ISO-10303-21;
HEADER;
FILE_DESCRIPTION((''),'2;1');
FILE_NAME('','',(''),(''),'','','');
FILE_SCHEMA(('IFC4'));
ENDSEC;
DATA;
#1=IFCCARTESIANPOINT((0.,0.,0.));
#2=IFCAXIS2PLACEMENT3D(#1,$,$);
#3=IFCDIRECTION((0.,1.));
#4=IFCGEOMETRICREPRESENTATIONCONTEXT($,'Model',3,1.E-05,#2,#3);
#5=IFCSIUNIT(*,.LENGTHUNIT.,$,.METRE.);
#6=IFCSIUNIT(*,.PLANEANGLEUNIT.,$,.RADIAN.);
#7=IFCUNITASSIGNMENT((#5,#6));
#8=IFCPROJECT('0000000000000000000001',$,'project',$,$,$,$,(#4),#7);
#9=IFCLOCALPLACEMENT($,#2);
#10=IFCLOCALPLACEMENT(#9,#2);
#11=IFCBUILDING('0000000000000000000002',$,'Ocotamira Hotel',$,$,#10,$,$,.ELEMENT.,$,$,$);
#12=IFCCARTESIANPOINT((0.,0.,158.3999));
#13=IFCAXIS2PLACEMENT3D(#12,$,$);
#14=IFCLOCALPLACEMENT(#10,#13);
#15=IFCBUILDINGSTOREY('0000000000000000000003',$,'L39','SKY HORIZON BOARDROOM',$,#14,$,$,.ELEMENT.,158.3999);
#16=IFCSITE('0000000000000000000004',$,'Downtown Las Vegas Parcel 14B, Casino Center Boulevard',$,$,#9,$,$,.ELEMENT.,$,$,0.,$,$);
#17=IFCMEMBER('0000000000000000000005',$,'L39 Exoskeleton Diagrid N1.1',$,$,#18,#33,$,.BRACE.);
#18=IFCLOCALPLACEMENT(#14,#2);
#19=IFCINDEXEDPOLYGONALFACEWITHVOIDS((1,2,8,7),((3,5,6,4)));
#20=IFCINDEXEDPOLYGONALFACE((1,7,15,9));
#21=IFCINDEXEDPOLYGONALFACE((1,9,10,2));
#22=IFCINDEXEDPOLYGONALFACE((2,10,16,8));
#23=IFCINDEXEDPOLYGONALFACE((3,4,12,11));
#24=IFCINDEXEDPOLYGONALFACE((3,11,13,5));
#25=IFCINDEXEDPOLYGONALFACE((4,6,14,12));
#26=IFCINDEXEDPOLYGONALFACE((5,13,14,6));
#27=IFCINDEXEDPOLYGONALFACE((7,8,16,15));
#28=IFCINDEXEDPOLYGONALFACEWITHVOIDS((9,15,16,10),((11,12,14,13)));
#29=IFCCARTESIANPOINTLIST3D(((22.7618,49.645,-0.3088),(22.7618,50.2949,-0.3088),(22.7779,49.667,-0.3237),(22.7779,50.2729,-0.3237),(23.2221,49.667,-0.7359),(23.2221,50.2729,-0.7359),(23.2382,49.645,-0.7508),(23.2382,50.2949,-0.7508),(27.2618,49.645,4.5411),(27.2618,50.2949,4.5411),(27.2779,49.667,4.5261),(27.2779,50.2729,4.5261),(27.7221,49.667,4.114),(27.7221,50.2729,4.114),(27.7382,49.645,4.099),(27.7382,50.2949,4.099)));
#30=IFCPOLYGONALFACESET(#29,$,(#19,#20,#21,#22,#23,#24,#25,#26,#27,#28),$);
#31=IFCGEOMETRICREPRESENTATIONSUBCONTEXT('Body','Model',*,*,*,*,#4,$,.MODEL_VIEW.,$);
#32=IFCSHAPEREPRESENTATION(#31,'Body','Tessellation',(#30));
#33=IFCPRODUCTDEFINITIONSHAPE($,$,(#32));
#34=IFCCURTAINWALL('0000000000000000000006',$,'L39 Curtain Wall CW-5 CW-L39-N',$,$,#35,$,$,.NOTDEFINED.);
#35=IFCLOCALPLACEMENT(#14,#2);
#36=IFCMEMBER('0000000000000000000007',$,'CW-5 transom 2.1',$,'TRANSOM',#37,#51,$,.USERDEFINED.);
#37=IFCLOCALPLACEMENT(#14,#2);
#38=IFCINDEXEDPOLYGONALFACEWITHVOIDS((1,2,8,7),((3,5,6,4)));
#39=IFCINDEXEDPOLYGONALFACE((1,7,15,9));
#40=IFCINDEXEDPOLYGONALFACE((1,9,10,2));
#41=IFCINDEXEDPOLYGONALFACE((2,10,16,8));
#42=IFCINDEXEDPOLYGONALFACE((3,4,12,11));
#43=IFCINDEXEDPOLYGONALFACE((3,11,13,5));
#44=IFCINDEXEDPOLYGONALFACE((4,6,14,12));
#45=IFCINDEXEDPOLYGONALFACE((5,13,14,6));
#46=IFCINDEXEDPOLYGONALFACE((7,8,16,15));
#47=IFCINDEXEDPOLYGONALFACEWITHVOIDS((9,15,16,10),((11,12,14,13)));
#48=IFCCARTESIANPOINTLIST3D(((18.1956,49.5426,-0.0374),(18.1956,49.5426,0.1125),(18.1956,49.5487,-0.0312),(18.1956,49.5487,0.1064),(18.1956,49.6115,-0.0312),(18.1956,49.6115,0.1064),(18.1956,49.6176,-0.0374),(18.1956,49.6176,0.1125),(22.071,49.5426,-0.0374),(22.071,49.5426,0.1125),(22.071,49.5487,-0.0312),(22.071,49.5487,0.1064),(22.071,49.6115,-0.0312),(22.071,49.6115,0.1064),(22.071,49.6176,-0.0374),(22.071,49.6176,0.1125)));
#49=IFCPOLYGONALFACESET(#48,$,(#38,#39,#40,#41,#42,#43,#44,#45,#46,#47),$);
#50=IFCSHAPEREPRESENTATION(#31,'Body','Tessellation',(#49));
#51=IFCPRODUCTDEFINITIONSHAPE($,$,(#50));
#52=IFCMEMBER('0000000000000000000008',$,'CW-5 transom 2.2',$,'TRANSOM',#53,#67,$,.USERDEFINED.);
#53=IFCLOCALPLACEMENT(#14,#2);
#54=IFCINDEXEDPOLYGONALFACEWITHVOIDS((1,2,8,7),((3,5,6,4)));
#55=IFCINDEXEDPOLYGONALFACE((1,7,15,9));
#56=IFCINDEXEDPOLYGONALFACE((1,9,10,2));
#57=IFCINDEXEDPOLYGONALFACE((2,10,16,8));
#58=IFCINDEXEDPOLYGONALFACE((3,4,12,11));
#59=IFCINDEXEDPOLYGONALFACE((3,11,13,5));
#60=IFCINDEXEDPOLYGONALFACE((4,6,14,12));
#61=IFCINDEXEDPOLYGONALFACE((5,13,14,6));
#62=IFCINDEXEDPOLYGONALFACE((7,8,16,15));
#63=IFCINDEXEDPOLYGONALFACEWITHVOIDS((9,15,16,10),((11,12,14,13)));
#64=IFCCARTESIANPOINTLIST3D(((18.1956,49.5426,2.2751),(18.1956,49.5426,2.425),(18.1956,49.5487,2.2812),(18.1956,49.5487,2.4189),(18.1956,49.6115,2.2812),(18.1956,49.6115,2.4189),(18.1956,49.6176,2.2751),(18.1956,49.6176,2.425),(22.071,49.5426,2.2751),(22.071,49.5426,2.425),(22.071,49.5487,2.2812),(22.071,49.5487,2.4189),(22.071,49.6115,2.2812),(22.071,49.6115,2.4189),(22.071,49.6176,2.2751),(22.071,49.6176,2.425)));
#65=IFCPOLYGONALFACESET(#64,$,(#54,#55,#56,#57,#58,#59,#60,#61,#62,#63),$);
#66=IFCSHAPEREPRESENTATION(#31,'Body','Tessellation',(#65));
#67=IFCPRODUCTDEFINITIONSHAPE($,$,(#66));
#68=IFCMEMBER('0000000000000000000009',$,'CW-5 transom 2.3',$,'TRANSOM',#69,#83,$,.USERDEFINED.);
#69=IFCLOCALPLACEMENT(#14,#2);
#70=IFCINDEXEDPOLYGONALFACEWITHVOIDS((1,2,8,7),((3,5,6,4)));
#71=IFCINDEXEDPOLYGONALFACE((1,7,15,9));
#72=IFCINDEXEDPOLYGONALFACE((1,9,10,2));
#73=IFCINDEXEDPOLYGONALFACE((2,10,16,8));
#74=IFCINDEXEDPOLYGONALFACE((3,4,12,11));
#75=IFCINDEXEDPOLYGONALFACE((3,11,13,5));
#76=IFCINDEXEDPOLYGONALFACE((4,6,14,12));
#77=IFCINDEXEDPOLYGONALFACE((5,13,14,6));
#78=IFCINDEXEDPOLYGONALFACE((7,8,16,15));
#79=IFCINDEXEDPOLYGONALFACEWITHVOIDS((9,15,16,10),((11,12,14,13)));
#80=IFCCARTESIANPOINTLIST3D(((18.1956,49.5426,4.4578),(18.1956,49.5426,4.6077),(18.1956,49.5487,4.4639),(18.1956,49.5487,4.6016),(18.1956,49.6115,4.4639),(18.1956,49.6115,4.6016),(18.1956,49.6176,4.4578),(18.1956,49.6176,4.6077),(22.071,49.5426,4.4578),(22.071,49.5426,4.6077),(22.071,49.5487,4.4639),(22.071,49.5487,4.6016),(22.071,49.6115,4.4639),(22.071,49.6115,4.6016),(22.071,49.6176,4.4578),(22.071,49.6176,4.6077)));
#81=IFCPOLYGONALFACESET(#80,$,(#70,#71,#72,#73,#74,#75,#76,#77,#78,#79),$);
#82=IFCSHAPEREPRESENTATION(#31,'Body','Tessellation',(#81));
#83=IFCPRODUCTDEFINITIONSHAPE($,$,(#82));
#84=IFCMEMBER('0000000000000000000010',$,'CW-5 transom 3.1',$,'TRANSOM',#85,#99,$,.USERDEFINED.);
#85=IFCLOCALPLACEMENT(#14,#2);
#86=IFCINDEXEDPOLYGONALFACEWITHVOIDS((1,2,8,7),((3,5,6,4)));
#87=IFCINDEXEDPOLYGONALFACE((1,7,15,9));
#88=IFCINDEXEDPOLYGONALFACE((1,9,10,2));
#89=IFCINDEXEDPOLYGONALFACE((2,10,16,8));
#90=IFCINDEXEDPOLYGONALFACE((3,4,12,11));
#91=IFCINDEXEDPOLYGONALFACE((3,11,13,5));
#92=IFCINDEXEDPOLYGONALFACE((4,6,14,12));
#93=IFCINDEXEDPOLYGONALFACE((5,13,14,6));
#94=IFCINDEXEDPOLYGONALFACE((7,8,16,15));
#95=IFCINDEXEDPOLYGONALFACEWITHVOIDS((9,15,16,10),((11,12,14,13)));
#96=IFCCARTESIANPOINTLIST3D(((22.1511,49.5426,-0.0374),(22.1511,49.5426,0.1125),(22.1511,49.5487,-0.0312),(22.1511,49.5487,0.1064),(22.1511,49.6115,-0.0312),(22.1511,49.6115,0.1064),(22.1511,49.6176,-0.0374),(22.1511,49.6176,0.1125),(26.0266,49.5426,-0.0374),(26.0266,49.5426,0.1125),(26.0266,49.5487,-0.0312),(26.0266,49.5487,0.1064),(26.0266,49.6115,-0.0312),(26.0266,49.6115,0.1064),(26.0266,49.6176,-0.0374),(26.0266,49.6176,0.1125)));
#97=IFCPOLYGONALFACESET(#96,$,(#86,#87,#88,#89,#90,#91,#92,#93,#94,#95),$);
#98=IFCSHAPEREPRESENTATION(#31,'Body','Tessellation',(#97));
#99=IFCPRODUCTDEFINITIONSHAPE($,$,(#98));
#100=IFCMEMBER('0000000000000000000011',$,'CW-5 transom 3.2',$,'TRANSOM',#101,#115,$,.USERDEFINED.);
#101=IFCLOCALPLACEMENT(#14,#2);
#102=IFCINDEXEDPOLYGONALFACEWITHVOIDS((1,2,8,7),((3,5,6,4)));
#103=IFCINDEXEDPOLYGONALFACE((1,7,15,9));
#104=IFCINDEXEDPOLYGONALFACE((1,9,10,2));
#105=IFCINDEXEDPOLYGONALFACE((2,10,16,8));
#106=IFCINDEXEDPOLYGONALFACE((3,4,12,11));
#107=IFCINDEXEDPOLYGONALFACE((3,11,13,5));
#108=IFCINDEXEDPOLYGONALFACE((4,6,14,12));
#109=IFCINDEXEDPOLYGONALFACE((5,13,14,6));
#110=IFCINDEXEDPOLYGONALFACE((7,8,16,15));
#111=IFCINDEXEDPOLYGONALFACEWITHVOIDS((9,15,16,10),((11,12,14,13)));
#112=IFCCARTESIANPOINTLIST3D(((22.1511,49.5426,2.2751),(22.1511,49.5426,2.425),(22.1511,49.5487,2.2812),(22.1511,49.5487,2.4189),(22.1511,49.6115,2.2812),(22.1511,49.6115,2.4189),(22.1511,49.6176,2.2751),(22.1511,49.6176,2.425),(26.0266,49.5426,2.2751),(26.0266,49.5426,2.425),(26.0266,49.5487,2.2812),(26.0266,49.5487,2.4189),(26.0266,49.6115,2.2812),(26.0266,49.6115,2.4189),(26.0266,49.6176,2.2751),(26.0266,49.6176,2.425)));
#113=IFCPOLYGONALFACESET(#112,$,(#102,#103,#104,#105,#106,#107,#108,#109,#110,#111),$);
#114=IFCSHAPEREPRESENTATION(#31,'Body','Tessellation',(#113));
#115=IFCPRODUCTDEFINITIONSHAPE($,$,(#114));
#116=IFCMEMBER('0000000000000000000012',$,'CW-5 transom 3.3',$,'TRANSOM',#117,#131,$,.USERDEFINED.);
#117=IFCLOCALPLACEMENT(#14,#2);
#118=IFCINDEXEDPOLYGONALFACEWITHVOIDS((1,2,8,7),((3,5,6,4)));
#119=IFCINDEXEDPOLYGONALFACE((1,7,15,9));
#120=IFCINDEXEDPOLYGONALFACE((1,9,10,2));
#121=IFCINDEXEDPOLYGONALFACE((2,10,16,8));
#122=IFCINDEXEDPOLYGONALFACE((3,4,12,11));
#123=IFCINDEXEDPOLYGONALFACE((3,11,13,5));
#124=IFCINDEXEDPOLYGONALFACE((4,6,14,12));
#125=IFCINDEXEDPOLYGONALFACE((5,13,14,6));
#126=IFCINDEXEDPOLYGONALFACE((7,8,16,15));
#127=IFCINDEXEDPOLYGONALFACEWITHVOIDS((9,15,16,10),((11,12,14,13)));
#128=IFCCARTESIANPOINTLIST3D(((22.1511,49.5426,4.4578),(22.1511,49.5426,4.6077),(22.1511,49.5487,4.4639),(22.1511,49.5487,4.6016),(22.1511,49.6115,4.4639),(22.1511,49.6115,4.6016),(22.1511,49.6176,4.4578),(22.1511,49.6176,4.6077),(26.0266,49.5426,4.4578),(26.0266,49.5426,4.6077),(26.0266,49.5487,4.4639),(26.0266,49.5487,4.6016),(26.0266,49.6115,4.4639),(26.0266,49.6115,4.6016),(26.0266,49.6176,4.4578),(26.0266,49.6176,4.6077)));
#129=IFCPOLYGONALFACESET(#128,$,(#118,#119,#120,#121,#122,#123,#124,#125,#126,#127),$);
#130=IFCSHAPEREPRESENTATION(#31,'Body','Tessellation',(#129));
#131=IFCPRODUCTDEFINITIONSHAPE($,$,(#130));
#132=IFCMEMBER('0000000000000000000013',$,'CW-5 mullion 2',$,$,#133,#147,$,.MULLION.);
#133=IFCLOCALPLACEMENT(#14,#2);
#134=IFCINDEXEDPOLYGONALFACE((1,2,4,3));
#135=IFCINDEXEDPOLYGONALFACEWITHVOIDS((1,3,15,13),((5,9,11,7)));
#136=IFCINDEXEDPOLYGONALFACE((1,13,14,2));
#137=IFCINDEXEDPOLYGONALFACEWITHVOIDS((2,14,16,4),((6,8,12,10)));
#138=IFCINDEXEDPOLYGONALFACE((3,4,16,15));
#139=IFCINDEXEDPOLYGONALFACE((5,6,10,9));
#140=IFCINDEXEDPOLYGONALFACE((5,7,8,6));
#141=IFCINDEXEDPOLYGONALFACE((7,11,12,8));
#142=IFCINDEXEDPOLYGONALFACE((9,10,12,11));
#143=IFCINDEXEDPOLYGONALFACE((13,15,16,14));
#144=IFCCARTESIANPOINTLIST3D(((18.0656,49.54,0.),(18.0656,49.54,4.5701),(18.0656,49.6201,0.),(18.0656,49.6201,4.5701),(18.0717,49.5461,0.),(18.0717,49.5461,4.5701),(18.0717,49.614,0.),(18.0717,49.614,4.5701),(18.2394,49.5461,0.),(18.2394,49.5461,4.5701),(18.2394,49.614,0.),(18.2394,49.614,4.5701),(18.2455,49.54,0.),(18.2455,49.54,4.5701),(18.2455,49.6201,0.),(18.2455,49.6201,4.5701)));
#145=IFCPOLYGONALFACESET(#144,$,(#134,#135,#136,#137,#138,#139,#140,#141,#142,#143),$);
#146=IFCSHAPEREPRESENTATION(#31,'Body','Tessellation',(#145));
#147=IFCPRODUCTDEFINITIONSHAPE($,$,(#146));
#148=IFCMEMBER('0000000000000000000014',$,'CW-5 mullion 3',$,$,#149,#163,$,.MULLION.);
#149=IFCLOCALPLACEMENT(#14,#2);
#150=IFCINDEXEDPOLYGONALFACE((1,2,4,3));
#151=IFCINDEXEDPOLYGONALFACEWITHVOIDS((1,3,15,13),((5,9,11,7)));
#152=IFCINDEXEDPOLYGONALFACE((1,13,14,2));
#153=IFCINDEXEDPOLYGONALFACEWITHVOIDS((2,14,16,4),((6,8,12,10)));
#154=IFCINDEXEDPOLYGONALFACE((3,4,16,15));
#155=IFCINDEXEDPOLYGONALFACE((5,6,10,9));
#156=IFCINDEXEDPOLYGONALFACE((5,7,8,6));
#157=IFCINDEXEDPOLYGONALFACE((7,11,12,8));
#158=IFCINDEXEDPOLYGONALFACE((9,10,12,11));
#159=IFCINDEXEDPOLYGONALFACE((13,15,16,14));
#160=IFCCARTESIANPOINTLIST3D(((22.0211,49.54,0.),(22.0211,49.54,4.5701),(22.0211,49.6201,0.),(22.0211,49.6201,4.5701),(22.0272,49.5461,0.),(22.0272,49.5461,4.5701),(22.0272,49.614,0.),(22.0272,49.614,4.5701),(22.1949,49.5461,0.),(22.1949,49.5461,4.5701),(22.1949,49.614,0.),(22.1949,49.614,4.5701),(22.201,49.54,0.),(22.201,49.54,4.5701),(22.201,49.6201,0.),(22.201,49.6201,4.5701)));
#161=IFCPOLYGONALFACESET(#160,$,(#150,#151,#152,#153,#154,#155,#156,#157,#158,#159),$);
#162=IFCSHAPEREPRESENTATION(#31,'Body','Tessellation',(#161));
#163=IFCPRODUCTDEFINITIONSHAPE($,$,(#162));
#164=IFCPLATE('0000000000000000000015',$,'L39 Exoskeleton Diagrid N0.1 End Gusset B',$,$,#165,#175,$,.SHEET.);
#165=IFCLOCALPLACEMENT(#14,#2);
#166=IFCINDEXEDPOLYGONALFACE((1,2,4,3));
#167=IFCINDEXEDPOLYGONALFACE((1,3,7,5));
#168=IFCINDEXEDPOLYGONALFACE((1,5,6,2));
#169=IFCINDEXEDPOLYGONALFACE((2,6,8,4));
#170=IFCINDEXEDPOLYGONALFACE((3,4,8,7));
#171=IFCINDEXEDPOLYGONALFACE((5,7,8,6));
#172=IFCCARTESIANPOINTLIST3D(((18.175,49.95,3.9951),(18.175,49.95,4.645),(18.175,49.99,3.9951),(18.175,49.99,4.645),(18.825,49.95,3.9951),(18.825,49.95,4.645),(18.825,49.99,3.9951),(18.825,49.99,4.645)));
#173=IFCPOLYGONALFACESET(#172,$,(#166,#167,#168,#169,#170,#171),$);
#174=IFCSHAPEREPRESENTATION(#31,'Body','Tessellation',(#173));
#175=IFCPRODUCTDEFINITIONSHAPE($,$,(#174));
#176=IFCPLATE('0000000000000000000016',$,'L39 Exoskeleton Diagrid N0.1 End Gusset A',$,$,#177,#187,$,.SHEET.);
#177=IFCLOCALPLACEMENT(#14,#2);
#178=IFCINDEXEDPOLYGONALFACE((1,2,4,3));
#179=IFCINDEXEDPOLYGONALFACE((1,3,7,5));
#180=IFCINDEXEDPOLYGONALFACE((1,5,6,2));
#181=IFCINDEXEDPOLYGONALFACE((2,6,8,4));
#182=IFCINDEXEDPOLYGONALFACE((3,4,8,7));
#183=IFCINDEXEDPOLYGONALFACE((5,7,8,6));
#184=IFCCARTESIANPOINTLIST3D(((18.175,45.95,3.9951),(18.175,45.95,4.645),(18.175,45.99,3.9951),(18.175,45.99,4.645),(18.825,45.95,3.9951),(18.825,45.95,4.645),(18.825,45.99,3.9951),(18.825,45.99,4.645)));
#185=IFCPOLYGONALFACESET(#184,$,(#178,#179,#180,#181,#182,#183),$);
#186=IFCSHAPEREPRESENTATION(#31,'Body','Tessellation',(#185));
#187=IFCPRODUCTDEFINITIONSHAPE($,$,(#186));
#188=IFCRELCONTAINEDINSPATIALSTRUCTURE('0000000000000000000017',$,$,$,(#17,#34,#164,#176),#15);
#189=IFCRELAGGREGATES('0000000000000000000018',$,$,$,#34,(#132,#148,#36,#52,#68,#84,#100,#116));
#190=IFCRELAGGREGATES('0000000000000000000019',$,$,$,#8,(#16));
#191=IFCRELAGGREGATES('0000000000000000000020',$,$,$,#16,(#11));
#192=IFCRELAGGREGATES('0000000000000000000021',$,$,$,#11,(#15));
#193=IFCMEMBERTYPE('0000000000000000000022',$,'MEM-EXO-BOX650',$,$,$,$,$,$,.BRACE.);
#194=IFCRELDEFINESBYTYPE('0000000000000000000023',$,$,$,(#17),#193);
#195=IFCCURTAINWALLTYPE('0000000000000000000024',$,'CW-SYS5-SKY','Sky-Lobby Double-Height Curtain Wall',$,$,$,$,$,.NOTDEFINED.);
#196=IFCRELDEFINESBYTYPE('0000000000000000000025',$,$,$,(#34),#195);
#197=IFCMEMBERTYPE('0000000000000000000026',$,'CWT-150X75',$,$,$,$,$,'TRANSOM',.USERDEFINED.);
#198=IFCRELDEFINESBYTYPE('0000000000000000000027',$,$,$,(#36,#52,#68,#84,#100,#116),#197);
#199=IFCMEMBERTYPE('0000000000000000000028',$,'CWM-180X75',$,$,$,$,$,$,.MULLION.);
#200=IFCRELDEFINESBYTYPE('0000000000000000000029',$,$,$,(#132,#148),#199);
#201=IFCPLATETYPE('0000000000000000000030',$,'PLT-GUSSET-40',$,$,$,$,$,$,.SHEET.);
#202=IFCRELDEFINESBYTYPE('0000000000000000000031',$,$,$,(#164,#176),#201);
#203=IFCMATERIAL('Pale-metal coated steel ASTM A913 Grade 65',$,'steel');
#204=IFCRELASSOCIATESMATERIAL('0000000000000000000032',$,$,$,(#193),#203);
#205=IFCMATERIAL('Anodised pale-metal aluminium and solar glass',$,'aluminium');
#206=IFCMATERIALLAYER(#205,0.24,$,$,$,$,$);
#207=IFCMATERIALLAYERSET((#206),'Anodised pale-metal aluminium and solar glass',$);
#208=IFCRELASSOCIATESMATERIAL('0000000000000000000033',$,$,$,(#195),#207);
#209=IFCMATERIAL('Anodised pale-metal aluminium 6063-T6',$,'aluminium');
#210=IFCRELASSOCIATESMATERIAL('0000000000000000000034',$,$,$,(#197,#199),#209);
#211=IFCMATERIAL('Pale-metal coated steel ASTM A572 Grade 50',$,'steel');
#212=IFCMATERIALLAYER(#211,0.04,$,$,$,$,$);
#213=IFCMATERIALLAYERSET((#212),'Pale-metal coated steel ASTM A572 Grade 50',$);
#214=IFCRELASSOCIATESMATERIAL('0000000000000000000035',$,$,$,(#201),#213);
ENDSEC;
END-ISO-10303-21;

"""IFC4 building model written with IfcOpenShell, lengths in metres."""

from ifc_helpers import new_model, si_unit, direction, frame, origin, origin_2d, place, context, subcontext, project, spatial, rectangle, hollow_rectangle, extrude, source, transform, mapped, material, layer, layer_set, material_profile, profile_set, type_object, element, aggregate, save


model = new_model("IFC4")

# Units and contexts
model_context = context("Model", 3, precision=1e-05, world=origin(), true_north=direction((0.0, 1.0)))
body_context = subcontext(model_context, "Body", "Model", "MODEL_VIEW")
ifc_project = project(units=[si_unit("LENGTHUNIT", "METRE"), si_unit("PLANEANGLEUNIT", "RADIAN")], contexts=[model_context])

# Site, building, storey
site_placement = place(None, origin())
site = spatial("IfcSite", under=ifc_project, at=site_placement, Name="Downtown Las Vegas Parcel 14B, Casino Center Boulevard", CompositionType="ELEMENT", RefElevation=0.0)
building_placement = place(site_placement, origin())
building = spatial("IfcBuilding", under=site, at=building_placement, Name="Ocotamira Hotel", CompositionType="ELEMENT")
storey_placement = place(building_placement, frame((0.0, 0.0, 158.3999)))
storey = spatial("IfcBuildingStorey", under=building, at=storey_placement, Name="L39", Description="SKY HORIZON BOARDROOM", CompositionType="ELEMENT", Elevation=158.3999)

# Member
ifc_material_1 = material(Name="Pale-metal coated steel ASTM A913 Grade 65", Category="steel")
ifc_material_profile_1 = material_profile(ifc_material_1, hollow_rectangle(XDim=0.6499, YDim=0.6499, WallThickness=0.022, at=origin_2d()), Name="BOX650X650X22")
ifc_profile_set_1 = profile_set([ifc_material_profile_1], Name="Pale-metal coated steel ASTM A913 Grade 65")
member_type_1 = type_object("IfcMemberType", Name="MEM-EXO-BOX650", PredefinedType="BRACE", material=ifc_profile_set_1)
shared_shape_1 = source(origin(), body_context, "Body", "SweptSolid", [
    extrude(hollow_rectangle(XDim=0.6499, YDim=0.6499, WallThickness=0.022, at=origin_2d()), origin(), (0.0, 0.0, 1.0), 6.616),
])
for number, where, z_axis, x_axis, name in (
    (1, (23.0, 49.97, -0.5298), (0.680172, 0.0, 0.733052), (0.0, 1.0, 0.0), "L39 Exoskeleton Diagrid N1.1"),
):
    element("IfcMember", number, at=place(storey_placement, frame(where, z_axis=z_axis, x_axis=x_axis)), inside=storey, type_object=member_type_1, Name=name, PredefinedType="BRACE", context=body_context, shape_type="MappedRepresentation", body=[
        mapped(shared_shape_1, transform((0.0, 0.0, 0.0), scale=1.0)),
    ])

# Curtain wall, members
ifc_material_2 = material(Name="Anodised pale-metal aluminium and solar glass", Category="aluminium")
ifc_layer_1 = layer(ifc_material_2, 0.24)
ifc_layer_set_1 = layer_set([ifc_layer_1], Name="Anodised pale-metal aluminium and solar glass")
curtain_wall_type = type_object("IfcCurtainWallType", Name="CW-SYS5-SKY", Description="Sky-Lobby Double-Height Curtain Wall", PredefinedType="NOTDEFINED", material=ifc_layer_set_1)
curtain_wall_placement = place(storey_placement, origin())
curtain_wall = element("IfcCurtainWall", 2, at=curtain_wall_placement, inside=storey, type_object=curtain_wall_type, Name="L39 Curtain Wall CW-5 CW-L39-N", PredefinedType="NOTDEFINED")
ifc_material_3 = material(Name="Anodised pale-metal aluminium 6063-T6", Category="aluminium")
ifc_material_profile_2 = material_profile(ifc_material_3, hollow_rectangle(XDim=0.075, YDim=0.1499, WallThickness=0.0061, at=origin_2d()), Name="HSS150X75X6")
ifc_profile_set_2 = profile_set([ifc_material_profile_2], Name="Anodised pale-metal aluminium 6063-T6")
member_type_2 = type_object("IfcMemberType", Name="CWT-150X75", ElementType="TRANSOM", PredefinedType="USERDEFINED", material=ifc_profile_set_2)
shared_shape_2 = source(origin(), body_context, "Body", "SweptSolid", [
    extrude(hollow_rectangle(XDim=0.075, YDim=0.1499, WallThickness=0.0061, at=origin_2d()), origin(), (0.0, 0.0, 1.0), 3.8755),
])
member_1_placement = place(storey_placement, frame((18.1956, 49.5801, 0.0376), z_axis=(1.0, 0.0, 0.0), x_axis=(0.0, 1.0, 0.0)))
member_1 = element("IfcMember", 3, at=member_1_placement, type_object=member_type_2, Name="CW-5 transom 2.1", ObjectType="TRANSOM", PredefinedType="USERDEFINED", context=body_context, shape_type="MappedRepresentation", body=[
    mapped(shared_shape_2, transform((0.0, 0.0, 0.0), scale=1.0)),
])
member_2_placement = place(storey_placement, frame((18.1956, 49.5801, 2.3501), z_axis=(1.0, 0.0, 0.0), x_axis=(0.0, 1.0, 0.0)))
member_2 = element("IfcMember", 4, at=member_2_placement, type_object=member_type_2, Name="CW-5 transom 2.2", ObjectType="TRANSOM", PredefinedType="USERDEFINED", context=body_context, shape_type="MappedRepresentation", body=[
    mapped(shared_shape_2, transform((0.0, 0.0, 0.0), scale=1.0)),
])
member_3_placement = place(storey_placement, frame((18.1956, 49.5801, 4.5327), z_axis=(1.0, 0.0, 0.0), x_axis=(0.0, 1.0, 0.0)))
member_3 = element("IfcMember", 5, at=member_3_placement, type_object=member_type_2, Name="CW-5 transom 2.3", ObjectType="TRANSOM", PredefinedType="USERDEFINED", context=body_context, shape_type="MappedRepresentation", body=[
    mapped(shared_shape_2, transform((0.0, 0.0, 0.0), scale=1.0)),
])
member_4_placement = place(storey_placement, frame((22.1511, 49.5801, 0.0376), z_axis=(1.0, 0.0, 0.0), x_axis=(0.0, 1.0, 0.0)))
member_4 = element("IfcMember", 6, at=member_4_placement, type_object=member_type_2, Name="CW-5 transom 3.1", ObjectType="TRANSOM", PredefinedType="USERDEFINED", context=body_context, shape_type="MappedRepresentation", body=[
    mapped(shared_shape_2, transform((0.0, 0.0, 0.0), scale=1.0)),
])
member_5_placement = place(storey_placement, frame((22.1511, 49.5801, 2.3501), z_axis=(1.0, 0.0, 0.0), x_axis=(0.0, 1.0, 0.0)))
member_5 = element("IfcMember", 7, at=member_5_placement, type_object=member_type_2, Name="CW-5 transom 3.2", ObjectType="TRANSOM", PredefinedType="USERDEFINED", context=body_context, shape_type="MappedRepresentation", body=[
    mapped(shared_shape_2, transform((0.0, 0.0, 0.0), scale=1.0)),
])
member_6_placement = place(storey_placement, frame((22.1511, 49.5801, 4.5327), z_axis=(1.0, 0.0, 0.0), x_axis=(0.0, 1.0, 0.0)))
member_6 = element("IfcMember", 8, at=member_6_placement, type_object=member_type_2, Name="CW-5 transom 3.3", ObjectType="TRANSOM", PredefinedType="USERDEFINED", context=body_context, shape_type="MappedRepresentation", body=[
    mapped(shared_shape_2, transform((0.0, 0.0, 0.0), scale=1.0)),
])
ifc_material_profile_3 = material_profile(ifc_material_3, hollow_rectangle(XDim=0.0801, YDim=0.1799, WallThickness=0.0061, at=origin_2d()), Name="HSS180X80X6")
ifc_profile_set_3 = profile_set([ifc_material_profile_3], Name="Anodised pale-metal aluminium 6063-T6")
member_type_3 = type_object("IfcMemberType", Name="CWM-180X75", PredefinedType="MULLION", material=ifc_profile_set_3)
shared_shape_3 = source(origin(), body_context, "Body", "SweptSolid", [
    extrude(hollow_rectangle(XDim=0.0801, YDim=0.1799, WallThickness=0.0061, at=origin_2d()), origin(), (0.0, 0.0, 1.0), 4.5701),
])
member_7_placement = place(storey_placement, frame((18.1555, 49.5801, 0.0), z_axis=(0.0, 0.0, 1.0), x_axis=(0.0, 1.0, 0.0)))
member_7 = element("IfcMember", 9, at=member_7_placement, type_object=member_type_3, Name="CW-5 mullion 2", PredefinedType="MULLION", context=body_context, shape_type="MappedRepresentation", body=[
    mapped(shared_shape_3, transform((0.0, 0.0, 0.0), scale=1.0)),
])
member_8_placement = place(storey_placement, frame((22.1111, 49.5801, 0.0), z_axis=(0.0, 0.0, 1.0), x_axis=(0.0, 1.0, 0.0)))
member_8 = element("IfcMember", 10, at=member_8_placement, type_object=member_type_3, Name="CW-5 mullion 3", PredefinedType="MULLION", context=body_context, shape_type="MappedRepresentation", body=[
    mapped(shared_shape_3, transform((0.0, 0.0, 0.0), scale=1.0)),
])

# Plates
ifc_material_4 = material(Name="Pale-metal coated steel ASTM A572 Grade 50", Category="steel")
ifc_layer_2 = layer(ifc_material_4, 0.04)
ifc_layer_set_2 = layer_set([ifc_layer_2], Name="Pale-metal coated steel ASTM A572 Grade 50")
plate_type_1 = type_object("IfcPlateType", Name="PLT-GUSSET-40", PredefinedType="SHEET", material=ifc_layer_set_2)
shared_shape_4 = source(origin(), body_context, "Body", "SweptSolid", [
    extrude(rectangle(XDim=0.6499, YDim=0.04, at=origin_2d()), origin(), (0.0, 0.0, 1.0), 0.6499),
])
for number, where, z_axis, x_axis, name in (
    (11, (18.5, 49.97, 3.9951), (0.0, 0.0, 1.0), (1.0, 0.0, 0.0), "L39 Exoskeleton Diagrid N0.1 End Gusset B"),
    (12, (18.5, 45.97, 3.9951), (0.0, 0.0, 1.0), (-1.0, 0.0, 0.0), "L39 Exoskeleton Diagrid N0.1 End Gusset A"),
):
    element("IfcPlate", number, at=place(storey_placement, frame(where, z_axis=z_axis, x_axis=x_axis)), inside=storey, type_object=plate_type_1, Name=name, PredefinedType="SHEET", context=body_context, shape_type="MappedRepresentation", body=[
        mapped(shared_shape_4, transform((0.0, 0.0, 0.0), scale=1.0)),
    ])

aggregate(curtain_wall, [member_7, member_8, member_1, member_2, member_3, member_4, member_5, member_6])

save(model, "model.ifc")
